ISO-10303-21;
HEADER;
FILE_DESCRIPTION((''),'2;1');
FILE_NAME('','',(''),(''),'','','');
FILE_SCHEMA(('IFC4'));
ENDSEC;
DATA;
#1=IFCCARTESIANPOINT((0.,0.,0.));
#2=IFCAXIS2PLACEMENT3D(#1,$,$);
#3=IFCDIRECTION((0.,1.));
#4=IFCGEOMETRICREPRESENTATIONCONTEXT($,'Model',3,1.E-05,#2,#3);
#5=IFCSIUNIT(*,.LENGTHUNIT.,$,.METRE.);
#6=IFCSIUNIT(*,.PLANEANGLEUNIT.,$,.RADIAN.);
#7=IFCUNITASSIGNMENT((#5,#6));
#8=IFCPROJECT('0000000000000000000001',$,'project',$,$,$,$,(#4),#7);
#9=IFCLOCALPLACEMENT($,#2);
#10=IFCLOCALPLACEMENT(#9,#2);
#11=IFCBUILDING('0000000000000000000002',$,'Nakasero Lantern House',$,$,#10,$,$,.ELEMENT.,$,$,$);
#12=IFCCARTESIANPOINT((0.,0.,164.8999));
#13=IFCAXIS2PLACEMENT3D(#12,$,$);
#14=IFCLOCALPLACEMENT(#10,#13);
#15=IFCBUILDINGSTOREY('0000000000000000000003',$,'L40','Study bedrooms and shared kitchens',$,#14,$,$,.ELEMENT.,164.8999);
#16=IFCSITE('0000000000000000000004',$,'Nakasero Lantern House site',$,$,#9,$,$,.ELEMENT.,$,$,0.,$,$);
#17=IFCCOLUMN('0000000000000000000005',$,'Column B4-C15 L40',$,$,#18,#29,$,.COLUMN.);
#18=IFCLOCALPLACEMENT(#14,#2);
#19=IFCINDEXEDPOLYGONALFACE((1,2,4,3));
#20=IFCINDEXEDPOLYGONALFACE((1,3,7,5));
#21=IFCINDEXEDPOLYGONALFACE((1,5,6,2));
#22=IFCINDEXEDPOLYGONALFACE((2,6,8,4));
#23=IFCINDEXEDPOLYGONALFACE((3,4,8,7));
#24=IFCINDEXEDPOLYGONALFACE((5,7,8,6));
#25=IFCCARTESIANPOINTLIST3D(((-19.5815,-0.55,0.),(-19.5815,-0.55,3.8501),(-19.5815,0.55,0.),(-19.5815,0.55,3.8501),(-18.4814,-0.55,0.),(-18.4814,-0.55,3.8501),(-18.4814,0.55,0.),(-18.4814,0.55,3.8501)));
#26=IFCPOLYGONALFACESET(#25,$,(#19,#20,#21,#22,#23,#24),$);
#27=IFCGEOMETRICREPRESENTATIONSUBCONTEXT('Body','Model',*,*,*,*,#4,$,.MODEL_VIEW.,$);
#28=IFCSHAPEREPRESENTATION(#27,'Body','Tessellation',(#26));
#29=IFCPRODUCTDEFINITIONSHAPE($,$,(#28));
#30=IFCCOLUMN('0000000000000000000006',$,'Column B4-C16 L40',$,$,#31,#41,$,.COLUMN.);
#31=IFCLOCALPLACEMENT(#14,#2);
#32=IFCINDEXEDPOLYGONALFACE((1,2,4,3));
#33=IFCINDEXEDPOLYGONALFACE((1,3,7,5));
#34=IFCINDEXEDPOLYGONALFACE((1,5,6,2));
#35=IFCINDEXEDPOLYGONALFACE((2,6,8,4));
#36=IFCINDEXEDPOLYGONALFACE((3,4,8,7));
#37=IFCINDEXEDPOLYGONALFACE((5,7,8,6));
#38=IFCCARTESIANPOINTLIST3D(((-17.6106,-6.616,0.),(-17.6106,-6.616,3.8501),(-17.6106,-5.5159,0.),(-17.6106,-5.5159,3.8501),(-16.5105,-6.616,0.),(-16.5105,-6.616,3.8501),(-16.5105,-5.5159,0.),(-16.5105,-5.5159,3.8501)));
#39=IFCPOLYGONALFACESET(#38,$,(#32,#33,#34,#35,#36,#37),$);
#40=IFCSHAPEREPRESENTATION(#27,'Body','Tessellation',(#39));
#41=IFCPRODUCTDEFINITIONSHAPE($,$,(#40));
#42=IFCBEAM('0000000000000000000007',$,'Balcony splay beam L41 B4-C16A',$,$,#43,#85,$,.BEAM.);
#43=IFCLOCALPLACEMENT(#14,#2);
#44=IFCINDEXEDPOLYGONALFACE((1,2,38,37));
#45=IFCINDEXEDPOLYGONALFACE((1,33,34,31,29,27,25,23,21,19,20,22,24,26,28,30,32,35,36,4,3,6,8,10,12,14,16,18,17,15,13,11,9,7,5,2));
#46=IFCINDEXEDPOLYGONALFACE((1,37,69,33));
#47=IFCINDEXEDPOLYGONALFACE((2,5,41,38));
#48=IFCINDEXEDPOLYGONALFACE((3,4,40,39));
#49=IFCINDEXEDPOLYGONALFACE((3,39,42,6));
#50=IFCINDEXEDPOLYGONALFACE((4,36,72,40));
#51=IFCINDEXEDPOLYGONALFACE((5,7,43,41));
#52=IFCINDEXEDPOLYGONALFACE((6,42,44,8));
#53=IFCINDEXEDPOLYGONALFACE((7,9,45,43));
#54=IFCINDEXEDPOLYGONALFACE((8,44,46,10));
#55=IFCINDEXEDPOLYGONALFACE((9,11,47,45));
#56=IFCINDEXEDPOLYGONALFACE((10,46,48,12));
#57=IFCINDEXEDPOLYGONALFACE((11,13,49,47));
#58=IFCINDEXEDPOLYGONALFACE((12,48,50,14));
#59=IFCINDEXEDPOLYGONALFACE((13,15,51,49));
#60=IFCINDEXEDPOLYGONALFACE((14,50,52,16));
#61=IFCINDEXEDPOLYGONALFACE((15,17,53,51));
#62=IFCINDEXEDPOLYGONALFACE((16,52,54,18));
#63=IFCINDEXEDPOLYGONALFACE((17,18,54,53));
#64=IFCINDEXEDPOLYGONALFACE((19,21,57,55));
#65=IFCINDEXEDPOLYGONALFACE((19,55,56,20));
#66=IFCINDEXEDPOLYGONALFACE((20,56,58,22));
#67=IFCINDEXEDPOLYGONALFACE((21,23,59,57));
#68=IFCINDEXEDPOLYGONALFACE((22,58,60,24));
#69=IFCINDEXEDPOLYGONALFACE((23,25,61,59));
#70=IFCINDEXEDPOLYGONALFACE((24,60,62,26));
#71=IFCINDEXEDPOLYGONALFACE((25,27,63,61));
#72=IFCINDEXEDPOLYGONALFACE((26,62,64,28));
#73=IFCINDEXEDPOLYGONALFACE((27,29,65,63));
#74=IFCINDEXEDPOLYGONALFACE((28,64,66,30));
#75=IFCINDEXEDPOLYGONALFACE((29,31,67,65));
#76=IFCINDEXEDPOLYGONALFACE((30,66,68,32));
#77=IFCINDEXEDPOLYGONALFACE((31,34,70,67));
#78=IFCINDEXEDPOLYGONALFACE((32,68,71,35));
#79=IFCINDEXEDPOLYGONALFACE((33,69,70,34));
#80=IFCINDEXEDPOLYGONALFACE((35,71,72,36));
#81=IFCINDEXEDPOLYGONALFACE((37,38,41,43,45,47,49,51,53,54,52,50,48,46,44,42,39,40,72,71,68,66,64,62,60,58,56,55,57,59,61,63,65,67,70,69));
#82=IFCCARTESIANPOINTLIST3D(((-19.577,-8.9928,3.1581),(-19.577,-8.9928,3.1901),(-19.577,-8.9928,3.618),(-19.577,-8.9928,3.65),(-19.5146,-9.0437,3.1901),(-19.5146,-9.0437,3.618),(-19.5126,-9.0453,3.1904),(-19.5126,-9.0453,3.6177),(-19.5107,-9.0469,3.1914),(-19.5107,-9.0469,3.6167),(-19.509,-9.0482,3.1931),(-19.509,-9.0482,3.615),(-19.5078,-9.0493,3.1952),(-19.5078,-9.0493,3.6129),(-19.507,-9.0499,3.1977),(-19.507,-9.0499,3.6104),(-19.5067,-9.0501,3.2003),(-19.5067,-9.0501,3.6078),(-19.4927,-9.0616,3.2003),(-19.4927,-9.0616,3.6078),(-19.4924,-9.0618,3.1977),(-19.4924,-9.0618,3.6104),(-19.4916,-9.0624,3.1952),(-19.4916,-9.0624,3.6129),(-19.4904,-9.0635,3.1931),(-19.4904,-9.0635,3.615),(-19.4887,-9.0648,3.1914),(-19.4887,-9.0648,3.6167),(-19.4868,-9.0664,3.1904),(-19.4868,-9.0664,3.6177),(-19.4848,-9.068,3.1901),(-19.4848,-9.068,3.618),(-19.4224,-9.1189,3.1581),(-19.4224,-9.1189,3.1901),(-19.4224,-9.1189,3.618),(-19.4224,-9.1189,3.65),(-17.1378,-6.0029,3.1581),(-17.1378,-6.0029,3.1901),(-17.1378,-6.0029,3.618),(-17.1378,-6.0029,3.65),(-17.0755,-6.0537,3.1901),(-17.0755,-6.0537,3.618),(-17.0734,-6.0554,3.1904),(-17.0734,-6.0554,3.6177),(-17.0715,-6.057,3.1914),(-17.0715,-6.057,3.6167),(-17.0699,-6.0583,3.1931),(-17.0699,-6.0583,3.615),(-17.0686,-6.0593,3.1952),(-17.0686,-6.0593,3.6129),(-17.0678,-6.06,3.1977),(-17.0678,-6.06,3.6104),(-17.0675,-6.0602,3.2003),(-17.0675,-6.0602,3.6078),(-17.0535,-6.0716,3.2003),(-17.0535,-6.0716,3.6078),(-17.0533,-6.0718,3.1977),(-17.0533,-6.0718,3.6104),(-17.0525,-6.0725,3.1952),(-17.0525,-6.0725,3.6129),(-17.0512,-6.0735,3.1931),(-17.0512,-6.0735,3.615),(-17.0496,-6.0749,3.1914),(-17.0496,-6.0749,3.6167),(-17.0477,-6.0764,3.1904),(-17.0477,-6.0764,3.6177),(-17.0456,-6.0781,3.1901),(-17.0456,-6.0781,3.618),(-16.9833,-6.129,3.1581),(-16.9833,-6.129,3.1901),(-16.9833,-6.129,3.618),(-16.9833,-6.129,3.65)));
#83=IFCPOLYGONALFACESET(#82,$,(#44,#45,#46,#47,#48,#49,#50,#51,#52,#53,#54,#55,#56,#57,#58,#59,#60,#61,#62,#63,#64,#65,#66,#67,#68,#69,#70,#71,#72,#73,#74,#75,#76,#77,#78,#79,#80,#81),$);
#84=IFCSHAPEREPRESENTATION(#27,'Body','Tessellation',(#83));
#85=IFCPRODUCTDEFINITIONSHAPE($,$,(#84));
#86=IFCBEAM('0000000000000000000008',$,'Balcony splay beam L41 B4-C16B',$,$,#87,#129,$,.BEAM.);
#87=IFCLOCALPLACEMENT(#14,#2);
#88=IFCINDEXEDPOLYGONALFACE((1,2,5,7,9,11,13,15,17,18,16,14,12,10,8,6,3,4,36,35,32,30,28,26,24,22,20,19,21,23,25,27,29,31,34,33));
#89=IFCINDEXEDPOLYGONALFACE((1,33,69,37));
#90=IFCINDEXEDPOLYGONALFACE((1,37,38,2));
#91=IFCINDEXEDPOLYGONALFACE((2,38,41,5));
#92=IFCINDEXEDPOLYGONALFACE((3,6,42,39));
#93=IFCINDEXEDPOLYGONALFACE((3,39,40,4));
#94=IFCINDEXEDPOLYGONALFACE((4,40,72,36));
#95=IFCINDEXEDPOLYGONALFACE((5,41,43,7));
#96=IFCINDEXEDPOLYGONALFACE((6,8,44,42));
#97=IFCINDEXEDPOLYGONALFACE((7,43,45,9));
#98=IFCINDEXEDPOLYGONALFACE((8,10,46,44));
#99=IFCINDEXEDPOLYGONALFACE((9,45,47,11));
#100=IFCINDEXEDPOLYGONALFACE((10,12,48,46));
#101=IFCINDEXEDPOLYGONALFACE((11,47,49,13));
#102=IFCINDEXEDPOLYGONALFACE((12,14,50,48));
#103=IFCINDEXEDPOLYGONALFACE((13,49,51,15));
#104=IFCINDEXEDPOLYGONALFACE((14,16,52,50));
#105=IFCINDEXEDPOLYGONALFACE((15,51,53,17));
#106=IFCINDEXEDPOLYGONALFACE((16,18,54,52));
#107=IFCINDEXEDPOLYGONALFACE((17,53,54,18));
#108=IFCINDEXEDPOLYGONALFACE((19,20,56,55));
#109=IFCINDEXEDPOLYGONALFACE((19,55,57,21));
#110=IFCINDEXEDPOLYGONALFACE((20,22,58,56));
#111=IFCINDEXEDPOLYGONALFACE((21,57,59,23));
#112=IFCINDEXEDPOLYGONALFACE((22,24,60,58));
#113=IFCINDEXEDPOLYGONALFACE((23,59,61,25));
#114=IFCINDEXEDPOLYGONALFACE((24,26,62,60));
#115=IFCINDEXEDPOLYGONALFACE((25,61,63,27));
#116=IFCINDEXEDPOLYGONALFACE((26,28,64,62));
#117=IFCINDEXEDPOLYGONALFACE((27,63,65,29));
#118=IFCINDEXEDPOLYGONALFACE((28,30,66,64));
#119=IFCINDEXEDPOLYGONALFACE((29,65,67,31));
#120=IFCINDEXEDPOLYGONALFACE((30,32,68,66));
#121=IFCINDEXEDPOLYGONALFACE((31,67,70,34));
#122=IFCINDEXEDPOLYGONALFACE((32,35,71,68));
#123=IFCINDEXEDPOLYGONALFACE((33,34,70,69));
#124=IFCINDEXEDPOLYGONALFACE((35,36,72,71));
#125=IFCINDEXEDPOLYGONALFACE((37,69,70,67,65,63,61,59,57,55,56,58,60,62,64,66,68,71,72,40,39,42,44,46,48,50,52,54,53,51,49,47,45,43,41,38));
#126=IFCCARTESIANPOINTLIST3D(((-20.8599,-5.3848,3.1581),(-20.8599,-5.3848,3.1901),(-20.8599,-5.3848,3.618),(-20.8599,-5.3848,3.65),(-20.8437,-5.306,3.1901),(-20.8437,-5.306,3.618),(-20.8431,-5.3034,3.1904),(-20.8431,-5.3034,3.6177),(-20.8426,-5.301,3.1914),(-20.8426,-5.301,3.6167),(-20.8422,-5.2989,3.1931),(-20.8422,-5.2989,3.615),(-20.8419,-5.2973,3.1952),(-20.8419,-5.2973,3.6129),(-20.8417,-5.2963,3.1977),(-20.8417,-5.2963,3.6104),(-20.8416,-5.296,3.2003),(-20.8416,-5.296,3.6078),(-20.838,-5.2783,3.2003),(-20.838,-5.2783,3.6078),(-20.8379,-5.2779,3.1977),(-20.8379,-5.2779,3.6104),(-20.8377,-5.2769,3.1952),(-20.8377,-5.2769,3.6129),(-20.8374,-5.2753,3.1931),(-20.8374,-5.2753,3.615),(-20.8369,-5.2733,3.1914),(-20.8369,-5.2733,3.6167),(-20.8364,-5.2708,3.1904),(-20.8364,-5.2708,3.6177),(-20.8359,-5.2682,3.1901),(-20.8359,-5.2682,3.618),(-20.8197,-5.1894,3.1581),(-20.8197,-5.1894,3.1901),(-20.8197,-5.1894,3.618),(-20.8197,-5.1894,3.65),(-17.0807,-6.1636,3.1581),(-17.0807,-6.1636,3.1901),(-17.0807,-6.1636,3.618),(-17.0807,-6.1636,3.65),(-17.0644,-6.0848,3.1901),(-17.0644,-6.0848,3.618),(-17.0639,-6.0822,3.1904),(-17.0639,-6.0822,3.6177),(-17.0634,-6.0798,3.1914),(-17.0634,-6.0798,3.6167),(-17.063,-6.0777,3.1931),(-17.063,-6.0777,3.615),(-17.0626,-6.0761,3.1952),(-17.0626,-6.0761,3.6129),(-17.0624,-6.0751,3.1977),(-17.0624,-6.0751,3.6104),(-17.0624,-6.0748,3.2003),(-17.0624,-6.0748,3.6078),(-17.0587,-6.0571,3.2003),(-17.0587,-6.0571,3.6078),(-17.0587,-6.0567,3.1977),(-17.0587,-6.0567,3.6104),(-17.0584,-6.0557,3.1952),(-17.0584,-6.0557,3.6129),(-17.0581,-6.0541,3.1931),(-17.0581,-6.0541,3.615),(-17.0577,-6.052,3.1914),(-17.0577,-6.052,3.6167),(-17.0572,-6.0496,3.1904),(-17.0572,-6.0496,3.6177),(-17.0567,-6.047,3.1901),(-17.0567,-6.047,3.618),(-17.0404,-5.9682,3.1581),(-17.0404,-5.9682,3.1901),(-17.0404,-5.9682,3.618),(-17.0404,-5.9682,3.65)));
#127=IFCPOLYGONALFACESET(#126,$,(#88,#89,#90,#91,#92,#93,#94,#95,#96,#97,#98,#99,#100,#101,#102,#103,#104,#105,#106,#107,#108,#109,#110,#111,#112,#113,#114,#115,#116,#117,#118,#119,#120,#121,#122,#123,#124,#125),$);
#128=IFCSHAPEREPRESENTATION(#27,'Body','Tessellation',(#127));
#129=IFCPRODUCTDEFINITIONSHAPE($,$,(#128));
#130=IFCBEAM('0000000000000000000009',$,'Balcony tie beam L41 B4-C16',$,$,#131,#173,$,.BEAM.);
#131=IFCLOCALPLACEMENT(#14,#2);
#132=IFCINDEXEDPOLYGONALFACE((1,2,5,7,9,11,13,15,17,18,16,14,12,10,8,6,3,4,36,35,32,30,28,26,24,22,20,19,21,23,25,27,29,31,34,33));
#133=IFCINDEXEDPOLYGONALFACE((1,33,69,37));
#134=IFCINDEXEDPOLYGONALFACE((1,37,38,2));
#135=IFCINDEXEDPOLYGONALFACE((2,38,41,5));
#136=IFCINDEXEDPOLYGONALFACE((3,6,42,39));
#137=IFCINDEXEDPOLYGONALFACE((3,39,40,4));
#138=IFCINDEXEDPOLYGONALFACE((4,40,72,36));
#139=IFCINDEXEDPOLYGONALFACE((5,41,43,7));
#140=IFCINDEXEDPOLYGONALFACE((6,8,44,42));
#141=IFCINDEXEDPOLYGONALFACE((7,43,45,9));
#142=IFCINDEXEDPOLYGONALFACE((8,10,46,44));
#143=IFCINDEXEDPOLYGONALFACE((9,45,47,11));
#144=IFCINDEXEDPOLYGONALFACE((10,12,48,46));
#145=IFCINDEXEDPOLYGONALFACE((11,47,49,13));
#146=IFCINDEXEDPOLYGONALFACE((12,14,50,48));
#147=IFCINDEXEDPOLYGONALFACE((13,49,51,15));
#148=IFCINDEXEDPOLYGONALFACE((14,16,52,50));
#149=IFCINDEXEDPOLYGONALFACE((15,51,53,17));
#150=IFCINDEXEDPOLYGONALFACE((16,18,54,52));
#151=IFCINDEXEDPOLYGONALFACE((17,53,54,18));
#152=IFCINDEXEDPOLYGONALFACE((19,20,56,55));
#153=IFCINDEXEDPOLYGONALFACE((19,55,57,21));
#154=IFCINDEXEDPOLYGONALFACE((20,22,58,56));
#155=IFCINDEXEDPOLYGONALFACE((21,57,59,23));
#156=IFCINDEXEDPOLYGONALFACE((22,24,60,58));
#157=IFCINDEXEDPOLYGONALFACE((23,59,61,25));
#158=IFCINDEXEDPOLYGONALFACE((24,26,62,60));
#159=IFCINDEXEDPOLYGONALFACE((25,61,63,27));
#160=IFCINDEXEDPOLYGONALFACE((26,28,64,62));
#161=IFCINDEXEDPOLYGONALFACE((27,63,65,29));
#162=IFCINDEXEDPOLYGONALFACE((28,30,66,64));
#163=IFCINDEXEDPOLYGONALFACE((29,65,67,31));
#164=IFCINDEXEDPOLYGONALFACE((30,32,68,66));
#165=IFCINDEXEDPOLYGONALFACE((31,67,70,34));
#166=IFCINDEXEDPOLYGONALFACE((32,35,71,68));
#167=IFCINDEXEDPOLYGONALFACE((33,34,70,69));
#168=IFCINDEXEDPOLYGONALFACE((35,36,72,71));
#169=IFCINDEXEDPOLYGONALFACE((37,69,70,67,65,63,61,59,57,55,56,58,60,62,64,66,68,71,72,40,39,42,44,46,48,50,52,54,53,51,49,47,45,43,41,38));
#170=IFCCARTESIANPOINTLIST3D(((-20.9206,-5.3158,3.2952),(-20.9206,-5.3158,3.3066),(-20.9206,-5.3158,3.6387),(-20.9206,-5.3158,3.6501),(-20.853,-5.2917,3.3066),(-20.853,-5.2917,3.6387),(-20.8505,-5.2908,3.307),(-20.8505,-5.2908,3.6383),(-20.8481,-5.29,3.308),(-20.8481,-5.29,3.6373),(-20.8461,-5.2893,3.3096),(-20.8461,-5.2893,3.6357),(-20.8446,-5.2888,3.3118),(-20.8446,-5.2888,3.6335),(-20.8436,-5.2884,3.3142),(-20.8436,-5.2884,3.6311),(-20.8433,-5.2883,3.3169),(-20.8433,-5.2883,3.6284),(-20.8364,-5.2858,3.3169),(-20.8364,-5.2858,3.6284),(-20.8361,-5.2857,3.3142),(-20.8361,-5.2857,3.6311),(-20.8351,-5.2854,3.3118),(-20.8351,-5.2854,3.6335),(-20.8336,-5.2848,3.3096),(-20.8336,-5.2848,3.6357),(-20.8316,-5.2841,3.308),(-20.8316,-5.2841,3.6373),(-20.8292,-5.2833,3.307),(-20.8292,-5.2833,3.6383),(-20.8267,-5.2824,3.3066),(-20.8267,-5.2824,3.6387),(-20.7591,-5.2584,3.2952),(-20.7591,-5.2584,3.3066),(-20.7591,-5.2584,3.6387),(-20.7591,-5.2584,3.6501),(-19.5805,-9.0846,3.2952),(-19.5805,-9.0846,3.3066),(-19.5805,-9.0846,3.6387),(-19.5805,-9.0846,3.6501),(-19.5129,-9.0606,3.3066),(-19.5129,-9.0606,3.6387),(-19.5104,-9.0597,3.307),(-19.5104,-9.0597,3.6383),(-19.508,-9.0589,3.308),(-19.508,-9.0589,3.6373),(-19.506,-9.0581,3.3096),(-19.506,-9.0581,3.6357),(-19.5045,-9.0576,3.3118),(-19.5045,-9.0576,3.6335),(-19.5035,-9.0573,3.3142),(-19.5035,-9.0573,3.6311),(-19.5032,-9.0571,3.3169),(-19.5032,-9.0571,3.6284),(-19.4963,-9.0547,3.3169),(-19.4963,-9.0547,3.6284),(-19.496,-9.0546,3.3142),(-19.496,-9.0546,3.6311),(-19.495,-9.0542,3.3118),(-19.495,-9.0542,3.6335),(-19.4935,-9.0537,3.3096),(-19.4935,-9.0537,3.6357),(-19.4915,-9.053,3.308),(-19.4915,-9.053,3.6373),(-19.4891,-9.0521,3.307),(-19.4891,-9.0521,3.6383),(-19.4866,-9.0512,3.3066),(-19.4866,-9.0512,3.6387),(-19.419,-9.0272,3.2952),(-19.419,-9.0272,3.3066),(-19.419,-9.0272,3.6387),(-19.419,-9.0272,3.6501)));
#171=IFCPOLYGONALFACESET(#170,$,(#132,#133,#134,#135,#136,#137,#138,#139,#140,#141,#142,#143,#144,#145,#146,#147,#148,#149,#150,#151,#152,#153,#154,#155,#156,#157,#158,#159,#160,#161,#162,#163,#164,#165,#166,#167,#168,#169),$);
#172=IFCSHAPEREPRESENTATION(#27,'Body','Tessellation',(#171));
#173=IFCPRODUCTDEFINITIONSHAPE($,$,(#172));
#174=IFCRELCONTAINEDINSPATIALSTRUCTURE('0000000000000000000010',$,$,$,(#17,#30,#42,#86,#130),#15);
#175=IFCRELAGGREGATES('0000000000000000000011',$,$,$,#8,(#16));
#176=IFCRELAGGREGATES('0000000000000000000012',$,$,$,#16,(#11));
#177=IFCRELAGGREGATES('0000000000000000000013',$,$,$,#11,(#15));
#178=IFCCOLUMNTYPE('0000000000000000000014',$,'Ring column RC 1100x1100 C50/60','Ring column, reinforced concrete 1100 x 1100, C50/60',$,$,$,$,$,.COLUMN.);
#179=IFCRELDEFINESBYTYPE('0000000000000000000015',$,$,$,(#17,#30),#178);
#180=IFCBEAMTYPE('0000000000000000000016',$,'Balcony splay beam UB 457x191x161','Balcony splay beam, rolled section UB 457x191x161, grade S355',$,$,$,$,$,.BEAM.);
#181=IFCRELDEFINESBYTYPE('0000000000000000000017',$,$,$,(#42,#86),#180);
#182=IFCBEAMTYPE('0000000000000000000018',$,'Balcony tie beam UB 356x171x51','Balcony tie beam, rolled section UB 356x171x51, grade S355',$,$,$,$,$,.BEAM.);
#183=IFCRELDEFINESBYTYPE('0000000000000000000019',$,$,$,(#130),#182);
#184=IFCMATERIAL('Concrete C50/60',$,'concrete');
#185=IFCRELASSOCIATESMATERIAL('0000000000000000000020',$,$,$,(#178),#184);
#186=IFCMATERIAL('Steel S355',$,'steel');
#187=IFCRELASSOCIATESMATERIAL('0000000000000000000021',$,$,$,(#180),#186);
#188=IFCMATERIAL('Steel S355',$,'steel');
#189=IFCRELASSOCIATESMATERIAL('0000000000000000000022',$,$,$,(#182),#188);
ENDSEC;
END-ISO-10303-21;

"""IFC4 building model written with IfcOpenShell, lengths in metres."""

from ifc_helpers import new_model, si_unit, direction, frame, origin, origin_2d, place, context, subcontext, project, spatial, rectangle, i_section, extrude, material, material_profile, profile_set, type_object, element, save


model = new_model("IFC4")

# Units and contexts
model_context = context("Model", 3, precision=1e-05, world=origin(), true_north=direction((0.0, 1.0)))
body_context = subcontext(model_context, "Body", "Model", "MODEL_VIEW")
ifc_project = project(units=[si_unit("LENGTHUNIT", "METRE"), si_unit("PLANEANGLEUNIT", "RADIAN")], contexts=[model_context])

# Site, building, storey
site_placement = place(None, origin())
site = spatial("IfcSite", under=ifc_project, at=site_placement, Name="Nakasero Lantern House site", CompositionType="ELEMENT", RefElevation=0.0)
building_placement = place(site_placement, origin())
building = spatial("IfcBuilding", under=site, at=building_placement, Name="Nakasero Lantern House", CompositionType="ELEMENT")
storey_placement = place(building_placement, frame((0.0, 0.0, 164.8999)))
storey = spatial("IfcBuildingStorey", under=building, at=storey_placement, Name="L40", Description="Study bedrooms and shared kitchens", CompositionType="ELEMENT", Elevation=164.8999)

# Columns
ifc_material_1 = material(Name="Concrete C50/60", Category="concrete")
ifc_material_profile_1 = material_profile(ifc_material_1, rectangle(XDim=1.1001, YDim=1.1001, at=origin_2d()), Name="RC 1100x1100")
ifc_profile_set_1 = profile_set([ifc_material_profile_1], Name="Concrete C50/60")
column_type = type_object("IfcColumnType", Name="Ring column RC 1100x1100 C50/60", Description="Ring column, reinforced concrete 1100 x 1100, C50/60", PredefinedType="COLUMN", material=ifc_profile_set_1)
for number, where, z_axis, x_axis, name in (
    (1, (-19.0315, 0.0, 0.0), (0.0, 0.0, 1.0), (1.0, 0.0, 0.0), "Column B4-C15 L40"),
    (2, (-17.0605, -6.0659, 0.0), (0.0, 0.0, 1.0), (1.0, 0.0, 0.0), "Column B4-C16 L40"),
):
    element("IfcColumn", number, at=place(storey_placement, frame(where, z_axis=z_axis, x_axis=x_axis)), inside=storey, type_object=column_type, Name=name, PredefinedType="COLUMN", context=body_context, shape_type="SweptSolid", body=[
        extrude(rectangle(XDim=1.1001, YDim=1.1001, at=origin_2d()), origin(), (0.0, 0.0, 1.0), 3.8501),
    ])

# Beams
ifc_material_2 = material(Name="Steel S355", Category="steel")
ifc_material_profile_2 = material_profile(ifc_material_2, i_section(OverallWidth=0.1995, OverallDepth=0.4919, WebThickness=0.0181, FlangeThickness=0.032, FilletRadius=0.0103, at=origin_2d()), Name="UB 457x191x161")
ifc_profile_set_2 = profile_set([ifc_material_profile_2], Name="Steel S355")
beam_type_1 = type_object("IfcBeamType", Name="Balcony splay beam UB 457x191x161", Description="Balcony splay beam, rolled section UB 457x191x161, grade S355", PredefinedType="BEAM", material=ifc_profile_set_2)
for number, where, z_axis, x_axis, name in (
    (3, (-17.0605, -6.0659, 3.4041), (-0.632128, -0.774864, 0.0), (0.774864, -0.632128, 0.0), "Balcony splay beam L41 B4-C16A"),
    (4, (-17.0605, -6.0659, 3.4041), (-0.97942, 0.201831, 0.0), (-0.201831, -0.97942, 0.0), "Balcony splay beam L41 B4-C16B"),
):
    element("IfcBeam", number, at=place(storey_placement, frame(where, z_axis=z_axis, x_axis=x_axis)), inside=storey, type_object=beam_type_1, Name=name, PredefinedType="BEAM", context=body_context, shape_type="SweptSolid", body=[
        extrude(i_section(OverallWidth=0.1995, OverallDepth=0.4919, WebThickness=0.0181, FlangeThickness=0.032, FilletRadius=0.0103, at=origin_2d()), origin(), (0.0, 0.0, 1.0), 3.8586),
    ])
ifc_material_3 = material(Name="Steel S355", Category="steel")
ifc_material_profile_3 = material_profile(ifc_material_3, i_section(OverallWidth=0.1714, OverallDepth=0.355, WebThickness=0.0073, FlangeThickness=0.0115, FilletRadius=0.0103, at=origin_2d()), Name="UB 356x171x51")
ifc_profile_set_3 = profile_set([ifc_material_profile_3], Name="Steel S355")
beam_type_2 = type_object("IfcBeamType", Name="Balcony tie beam UB 356x171x51", Description="Balcony tie beam, rolled section UB 356x171x51, grade S355", PredefinedType="BEAM", material=ifc_profile_set_3)
beam_1_placement = place(storey_placement, frame((-19.4998, -9.0559, 3.4727), z_axis=(-0.335025, 0.942209, 0.0), x_axis=(-0.942209, -0.335025, 0.0)))
element("IfcBeam", 5, at=beam_1_placement, inside=storey, type_object=beam_type_2, Name="Balcony tie beam L41 B4-C16", PredefinedType="BEAM", context=body_context, shape_type="SweptSolid", body=[
    extrude(i_section(OverallWidth=0.1714, OverallDepth=0.355, WebThickness=0.0073, FlangeThickness=0.0115, FilletRadius=0.0103, at=origin_2d()), origin(), (0.0, 0.0, 1.0), 4.0),
])

save(model, "model.ifc")
